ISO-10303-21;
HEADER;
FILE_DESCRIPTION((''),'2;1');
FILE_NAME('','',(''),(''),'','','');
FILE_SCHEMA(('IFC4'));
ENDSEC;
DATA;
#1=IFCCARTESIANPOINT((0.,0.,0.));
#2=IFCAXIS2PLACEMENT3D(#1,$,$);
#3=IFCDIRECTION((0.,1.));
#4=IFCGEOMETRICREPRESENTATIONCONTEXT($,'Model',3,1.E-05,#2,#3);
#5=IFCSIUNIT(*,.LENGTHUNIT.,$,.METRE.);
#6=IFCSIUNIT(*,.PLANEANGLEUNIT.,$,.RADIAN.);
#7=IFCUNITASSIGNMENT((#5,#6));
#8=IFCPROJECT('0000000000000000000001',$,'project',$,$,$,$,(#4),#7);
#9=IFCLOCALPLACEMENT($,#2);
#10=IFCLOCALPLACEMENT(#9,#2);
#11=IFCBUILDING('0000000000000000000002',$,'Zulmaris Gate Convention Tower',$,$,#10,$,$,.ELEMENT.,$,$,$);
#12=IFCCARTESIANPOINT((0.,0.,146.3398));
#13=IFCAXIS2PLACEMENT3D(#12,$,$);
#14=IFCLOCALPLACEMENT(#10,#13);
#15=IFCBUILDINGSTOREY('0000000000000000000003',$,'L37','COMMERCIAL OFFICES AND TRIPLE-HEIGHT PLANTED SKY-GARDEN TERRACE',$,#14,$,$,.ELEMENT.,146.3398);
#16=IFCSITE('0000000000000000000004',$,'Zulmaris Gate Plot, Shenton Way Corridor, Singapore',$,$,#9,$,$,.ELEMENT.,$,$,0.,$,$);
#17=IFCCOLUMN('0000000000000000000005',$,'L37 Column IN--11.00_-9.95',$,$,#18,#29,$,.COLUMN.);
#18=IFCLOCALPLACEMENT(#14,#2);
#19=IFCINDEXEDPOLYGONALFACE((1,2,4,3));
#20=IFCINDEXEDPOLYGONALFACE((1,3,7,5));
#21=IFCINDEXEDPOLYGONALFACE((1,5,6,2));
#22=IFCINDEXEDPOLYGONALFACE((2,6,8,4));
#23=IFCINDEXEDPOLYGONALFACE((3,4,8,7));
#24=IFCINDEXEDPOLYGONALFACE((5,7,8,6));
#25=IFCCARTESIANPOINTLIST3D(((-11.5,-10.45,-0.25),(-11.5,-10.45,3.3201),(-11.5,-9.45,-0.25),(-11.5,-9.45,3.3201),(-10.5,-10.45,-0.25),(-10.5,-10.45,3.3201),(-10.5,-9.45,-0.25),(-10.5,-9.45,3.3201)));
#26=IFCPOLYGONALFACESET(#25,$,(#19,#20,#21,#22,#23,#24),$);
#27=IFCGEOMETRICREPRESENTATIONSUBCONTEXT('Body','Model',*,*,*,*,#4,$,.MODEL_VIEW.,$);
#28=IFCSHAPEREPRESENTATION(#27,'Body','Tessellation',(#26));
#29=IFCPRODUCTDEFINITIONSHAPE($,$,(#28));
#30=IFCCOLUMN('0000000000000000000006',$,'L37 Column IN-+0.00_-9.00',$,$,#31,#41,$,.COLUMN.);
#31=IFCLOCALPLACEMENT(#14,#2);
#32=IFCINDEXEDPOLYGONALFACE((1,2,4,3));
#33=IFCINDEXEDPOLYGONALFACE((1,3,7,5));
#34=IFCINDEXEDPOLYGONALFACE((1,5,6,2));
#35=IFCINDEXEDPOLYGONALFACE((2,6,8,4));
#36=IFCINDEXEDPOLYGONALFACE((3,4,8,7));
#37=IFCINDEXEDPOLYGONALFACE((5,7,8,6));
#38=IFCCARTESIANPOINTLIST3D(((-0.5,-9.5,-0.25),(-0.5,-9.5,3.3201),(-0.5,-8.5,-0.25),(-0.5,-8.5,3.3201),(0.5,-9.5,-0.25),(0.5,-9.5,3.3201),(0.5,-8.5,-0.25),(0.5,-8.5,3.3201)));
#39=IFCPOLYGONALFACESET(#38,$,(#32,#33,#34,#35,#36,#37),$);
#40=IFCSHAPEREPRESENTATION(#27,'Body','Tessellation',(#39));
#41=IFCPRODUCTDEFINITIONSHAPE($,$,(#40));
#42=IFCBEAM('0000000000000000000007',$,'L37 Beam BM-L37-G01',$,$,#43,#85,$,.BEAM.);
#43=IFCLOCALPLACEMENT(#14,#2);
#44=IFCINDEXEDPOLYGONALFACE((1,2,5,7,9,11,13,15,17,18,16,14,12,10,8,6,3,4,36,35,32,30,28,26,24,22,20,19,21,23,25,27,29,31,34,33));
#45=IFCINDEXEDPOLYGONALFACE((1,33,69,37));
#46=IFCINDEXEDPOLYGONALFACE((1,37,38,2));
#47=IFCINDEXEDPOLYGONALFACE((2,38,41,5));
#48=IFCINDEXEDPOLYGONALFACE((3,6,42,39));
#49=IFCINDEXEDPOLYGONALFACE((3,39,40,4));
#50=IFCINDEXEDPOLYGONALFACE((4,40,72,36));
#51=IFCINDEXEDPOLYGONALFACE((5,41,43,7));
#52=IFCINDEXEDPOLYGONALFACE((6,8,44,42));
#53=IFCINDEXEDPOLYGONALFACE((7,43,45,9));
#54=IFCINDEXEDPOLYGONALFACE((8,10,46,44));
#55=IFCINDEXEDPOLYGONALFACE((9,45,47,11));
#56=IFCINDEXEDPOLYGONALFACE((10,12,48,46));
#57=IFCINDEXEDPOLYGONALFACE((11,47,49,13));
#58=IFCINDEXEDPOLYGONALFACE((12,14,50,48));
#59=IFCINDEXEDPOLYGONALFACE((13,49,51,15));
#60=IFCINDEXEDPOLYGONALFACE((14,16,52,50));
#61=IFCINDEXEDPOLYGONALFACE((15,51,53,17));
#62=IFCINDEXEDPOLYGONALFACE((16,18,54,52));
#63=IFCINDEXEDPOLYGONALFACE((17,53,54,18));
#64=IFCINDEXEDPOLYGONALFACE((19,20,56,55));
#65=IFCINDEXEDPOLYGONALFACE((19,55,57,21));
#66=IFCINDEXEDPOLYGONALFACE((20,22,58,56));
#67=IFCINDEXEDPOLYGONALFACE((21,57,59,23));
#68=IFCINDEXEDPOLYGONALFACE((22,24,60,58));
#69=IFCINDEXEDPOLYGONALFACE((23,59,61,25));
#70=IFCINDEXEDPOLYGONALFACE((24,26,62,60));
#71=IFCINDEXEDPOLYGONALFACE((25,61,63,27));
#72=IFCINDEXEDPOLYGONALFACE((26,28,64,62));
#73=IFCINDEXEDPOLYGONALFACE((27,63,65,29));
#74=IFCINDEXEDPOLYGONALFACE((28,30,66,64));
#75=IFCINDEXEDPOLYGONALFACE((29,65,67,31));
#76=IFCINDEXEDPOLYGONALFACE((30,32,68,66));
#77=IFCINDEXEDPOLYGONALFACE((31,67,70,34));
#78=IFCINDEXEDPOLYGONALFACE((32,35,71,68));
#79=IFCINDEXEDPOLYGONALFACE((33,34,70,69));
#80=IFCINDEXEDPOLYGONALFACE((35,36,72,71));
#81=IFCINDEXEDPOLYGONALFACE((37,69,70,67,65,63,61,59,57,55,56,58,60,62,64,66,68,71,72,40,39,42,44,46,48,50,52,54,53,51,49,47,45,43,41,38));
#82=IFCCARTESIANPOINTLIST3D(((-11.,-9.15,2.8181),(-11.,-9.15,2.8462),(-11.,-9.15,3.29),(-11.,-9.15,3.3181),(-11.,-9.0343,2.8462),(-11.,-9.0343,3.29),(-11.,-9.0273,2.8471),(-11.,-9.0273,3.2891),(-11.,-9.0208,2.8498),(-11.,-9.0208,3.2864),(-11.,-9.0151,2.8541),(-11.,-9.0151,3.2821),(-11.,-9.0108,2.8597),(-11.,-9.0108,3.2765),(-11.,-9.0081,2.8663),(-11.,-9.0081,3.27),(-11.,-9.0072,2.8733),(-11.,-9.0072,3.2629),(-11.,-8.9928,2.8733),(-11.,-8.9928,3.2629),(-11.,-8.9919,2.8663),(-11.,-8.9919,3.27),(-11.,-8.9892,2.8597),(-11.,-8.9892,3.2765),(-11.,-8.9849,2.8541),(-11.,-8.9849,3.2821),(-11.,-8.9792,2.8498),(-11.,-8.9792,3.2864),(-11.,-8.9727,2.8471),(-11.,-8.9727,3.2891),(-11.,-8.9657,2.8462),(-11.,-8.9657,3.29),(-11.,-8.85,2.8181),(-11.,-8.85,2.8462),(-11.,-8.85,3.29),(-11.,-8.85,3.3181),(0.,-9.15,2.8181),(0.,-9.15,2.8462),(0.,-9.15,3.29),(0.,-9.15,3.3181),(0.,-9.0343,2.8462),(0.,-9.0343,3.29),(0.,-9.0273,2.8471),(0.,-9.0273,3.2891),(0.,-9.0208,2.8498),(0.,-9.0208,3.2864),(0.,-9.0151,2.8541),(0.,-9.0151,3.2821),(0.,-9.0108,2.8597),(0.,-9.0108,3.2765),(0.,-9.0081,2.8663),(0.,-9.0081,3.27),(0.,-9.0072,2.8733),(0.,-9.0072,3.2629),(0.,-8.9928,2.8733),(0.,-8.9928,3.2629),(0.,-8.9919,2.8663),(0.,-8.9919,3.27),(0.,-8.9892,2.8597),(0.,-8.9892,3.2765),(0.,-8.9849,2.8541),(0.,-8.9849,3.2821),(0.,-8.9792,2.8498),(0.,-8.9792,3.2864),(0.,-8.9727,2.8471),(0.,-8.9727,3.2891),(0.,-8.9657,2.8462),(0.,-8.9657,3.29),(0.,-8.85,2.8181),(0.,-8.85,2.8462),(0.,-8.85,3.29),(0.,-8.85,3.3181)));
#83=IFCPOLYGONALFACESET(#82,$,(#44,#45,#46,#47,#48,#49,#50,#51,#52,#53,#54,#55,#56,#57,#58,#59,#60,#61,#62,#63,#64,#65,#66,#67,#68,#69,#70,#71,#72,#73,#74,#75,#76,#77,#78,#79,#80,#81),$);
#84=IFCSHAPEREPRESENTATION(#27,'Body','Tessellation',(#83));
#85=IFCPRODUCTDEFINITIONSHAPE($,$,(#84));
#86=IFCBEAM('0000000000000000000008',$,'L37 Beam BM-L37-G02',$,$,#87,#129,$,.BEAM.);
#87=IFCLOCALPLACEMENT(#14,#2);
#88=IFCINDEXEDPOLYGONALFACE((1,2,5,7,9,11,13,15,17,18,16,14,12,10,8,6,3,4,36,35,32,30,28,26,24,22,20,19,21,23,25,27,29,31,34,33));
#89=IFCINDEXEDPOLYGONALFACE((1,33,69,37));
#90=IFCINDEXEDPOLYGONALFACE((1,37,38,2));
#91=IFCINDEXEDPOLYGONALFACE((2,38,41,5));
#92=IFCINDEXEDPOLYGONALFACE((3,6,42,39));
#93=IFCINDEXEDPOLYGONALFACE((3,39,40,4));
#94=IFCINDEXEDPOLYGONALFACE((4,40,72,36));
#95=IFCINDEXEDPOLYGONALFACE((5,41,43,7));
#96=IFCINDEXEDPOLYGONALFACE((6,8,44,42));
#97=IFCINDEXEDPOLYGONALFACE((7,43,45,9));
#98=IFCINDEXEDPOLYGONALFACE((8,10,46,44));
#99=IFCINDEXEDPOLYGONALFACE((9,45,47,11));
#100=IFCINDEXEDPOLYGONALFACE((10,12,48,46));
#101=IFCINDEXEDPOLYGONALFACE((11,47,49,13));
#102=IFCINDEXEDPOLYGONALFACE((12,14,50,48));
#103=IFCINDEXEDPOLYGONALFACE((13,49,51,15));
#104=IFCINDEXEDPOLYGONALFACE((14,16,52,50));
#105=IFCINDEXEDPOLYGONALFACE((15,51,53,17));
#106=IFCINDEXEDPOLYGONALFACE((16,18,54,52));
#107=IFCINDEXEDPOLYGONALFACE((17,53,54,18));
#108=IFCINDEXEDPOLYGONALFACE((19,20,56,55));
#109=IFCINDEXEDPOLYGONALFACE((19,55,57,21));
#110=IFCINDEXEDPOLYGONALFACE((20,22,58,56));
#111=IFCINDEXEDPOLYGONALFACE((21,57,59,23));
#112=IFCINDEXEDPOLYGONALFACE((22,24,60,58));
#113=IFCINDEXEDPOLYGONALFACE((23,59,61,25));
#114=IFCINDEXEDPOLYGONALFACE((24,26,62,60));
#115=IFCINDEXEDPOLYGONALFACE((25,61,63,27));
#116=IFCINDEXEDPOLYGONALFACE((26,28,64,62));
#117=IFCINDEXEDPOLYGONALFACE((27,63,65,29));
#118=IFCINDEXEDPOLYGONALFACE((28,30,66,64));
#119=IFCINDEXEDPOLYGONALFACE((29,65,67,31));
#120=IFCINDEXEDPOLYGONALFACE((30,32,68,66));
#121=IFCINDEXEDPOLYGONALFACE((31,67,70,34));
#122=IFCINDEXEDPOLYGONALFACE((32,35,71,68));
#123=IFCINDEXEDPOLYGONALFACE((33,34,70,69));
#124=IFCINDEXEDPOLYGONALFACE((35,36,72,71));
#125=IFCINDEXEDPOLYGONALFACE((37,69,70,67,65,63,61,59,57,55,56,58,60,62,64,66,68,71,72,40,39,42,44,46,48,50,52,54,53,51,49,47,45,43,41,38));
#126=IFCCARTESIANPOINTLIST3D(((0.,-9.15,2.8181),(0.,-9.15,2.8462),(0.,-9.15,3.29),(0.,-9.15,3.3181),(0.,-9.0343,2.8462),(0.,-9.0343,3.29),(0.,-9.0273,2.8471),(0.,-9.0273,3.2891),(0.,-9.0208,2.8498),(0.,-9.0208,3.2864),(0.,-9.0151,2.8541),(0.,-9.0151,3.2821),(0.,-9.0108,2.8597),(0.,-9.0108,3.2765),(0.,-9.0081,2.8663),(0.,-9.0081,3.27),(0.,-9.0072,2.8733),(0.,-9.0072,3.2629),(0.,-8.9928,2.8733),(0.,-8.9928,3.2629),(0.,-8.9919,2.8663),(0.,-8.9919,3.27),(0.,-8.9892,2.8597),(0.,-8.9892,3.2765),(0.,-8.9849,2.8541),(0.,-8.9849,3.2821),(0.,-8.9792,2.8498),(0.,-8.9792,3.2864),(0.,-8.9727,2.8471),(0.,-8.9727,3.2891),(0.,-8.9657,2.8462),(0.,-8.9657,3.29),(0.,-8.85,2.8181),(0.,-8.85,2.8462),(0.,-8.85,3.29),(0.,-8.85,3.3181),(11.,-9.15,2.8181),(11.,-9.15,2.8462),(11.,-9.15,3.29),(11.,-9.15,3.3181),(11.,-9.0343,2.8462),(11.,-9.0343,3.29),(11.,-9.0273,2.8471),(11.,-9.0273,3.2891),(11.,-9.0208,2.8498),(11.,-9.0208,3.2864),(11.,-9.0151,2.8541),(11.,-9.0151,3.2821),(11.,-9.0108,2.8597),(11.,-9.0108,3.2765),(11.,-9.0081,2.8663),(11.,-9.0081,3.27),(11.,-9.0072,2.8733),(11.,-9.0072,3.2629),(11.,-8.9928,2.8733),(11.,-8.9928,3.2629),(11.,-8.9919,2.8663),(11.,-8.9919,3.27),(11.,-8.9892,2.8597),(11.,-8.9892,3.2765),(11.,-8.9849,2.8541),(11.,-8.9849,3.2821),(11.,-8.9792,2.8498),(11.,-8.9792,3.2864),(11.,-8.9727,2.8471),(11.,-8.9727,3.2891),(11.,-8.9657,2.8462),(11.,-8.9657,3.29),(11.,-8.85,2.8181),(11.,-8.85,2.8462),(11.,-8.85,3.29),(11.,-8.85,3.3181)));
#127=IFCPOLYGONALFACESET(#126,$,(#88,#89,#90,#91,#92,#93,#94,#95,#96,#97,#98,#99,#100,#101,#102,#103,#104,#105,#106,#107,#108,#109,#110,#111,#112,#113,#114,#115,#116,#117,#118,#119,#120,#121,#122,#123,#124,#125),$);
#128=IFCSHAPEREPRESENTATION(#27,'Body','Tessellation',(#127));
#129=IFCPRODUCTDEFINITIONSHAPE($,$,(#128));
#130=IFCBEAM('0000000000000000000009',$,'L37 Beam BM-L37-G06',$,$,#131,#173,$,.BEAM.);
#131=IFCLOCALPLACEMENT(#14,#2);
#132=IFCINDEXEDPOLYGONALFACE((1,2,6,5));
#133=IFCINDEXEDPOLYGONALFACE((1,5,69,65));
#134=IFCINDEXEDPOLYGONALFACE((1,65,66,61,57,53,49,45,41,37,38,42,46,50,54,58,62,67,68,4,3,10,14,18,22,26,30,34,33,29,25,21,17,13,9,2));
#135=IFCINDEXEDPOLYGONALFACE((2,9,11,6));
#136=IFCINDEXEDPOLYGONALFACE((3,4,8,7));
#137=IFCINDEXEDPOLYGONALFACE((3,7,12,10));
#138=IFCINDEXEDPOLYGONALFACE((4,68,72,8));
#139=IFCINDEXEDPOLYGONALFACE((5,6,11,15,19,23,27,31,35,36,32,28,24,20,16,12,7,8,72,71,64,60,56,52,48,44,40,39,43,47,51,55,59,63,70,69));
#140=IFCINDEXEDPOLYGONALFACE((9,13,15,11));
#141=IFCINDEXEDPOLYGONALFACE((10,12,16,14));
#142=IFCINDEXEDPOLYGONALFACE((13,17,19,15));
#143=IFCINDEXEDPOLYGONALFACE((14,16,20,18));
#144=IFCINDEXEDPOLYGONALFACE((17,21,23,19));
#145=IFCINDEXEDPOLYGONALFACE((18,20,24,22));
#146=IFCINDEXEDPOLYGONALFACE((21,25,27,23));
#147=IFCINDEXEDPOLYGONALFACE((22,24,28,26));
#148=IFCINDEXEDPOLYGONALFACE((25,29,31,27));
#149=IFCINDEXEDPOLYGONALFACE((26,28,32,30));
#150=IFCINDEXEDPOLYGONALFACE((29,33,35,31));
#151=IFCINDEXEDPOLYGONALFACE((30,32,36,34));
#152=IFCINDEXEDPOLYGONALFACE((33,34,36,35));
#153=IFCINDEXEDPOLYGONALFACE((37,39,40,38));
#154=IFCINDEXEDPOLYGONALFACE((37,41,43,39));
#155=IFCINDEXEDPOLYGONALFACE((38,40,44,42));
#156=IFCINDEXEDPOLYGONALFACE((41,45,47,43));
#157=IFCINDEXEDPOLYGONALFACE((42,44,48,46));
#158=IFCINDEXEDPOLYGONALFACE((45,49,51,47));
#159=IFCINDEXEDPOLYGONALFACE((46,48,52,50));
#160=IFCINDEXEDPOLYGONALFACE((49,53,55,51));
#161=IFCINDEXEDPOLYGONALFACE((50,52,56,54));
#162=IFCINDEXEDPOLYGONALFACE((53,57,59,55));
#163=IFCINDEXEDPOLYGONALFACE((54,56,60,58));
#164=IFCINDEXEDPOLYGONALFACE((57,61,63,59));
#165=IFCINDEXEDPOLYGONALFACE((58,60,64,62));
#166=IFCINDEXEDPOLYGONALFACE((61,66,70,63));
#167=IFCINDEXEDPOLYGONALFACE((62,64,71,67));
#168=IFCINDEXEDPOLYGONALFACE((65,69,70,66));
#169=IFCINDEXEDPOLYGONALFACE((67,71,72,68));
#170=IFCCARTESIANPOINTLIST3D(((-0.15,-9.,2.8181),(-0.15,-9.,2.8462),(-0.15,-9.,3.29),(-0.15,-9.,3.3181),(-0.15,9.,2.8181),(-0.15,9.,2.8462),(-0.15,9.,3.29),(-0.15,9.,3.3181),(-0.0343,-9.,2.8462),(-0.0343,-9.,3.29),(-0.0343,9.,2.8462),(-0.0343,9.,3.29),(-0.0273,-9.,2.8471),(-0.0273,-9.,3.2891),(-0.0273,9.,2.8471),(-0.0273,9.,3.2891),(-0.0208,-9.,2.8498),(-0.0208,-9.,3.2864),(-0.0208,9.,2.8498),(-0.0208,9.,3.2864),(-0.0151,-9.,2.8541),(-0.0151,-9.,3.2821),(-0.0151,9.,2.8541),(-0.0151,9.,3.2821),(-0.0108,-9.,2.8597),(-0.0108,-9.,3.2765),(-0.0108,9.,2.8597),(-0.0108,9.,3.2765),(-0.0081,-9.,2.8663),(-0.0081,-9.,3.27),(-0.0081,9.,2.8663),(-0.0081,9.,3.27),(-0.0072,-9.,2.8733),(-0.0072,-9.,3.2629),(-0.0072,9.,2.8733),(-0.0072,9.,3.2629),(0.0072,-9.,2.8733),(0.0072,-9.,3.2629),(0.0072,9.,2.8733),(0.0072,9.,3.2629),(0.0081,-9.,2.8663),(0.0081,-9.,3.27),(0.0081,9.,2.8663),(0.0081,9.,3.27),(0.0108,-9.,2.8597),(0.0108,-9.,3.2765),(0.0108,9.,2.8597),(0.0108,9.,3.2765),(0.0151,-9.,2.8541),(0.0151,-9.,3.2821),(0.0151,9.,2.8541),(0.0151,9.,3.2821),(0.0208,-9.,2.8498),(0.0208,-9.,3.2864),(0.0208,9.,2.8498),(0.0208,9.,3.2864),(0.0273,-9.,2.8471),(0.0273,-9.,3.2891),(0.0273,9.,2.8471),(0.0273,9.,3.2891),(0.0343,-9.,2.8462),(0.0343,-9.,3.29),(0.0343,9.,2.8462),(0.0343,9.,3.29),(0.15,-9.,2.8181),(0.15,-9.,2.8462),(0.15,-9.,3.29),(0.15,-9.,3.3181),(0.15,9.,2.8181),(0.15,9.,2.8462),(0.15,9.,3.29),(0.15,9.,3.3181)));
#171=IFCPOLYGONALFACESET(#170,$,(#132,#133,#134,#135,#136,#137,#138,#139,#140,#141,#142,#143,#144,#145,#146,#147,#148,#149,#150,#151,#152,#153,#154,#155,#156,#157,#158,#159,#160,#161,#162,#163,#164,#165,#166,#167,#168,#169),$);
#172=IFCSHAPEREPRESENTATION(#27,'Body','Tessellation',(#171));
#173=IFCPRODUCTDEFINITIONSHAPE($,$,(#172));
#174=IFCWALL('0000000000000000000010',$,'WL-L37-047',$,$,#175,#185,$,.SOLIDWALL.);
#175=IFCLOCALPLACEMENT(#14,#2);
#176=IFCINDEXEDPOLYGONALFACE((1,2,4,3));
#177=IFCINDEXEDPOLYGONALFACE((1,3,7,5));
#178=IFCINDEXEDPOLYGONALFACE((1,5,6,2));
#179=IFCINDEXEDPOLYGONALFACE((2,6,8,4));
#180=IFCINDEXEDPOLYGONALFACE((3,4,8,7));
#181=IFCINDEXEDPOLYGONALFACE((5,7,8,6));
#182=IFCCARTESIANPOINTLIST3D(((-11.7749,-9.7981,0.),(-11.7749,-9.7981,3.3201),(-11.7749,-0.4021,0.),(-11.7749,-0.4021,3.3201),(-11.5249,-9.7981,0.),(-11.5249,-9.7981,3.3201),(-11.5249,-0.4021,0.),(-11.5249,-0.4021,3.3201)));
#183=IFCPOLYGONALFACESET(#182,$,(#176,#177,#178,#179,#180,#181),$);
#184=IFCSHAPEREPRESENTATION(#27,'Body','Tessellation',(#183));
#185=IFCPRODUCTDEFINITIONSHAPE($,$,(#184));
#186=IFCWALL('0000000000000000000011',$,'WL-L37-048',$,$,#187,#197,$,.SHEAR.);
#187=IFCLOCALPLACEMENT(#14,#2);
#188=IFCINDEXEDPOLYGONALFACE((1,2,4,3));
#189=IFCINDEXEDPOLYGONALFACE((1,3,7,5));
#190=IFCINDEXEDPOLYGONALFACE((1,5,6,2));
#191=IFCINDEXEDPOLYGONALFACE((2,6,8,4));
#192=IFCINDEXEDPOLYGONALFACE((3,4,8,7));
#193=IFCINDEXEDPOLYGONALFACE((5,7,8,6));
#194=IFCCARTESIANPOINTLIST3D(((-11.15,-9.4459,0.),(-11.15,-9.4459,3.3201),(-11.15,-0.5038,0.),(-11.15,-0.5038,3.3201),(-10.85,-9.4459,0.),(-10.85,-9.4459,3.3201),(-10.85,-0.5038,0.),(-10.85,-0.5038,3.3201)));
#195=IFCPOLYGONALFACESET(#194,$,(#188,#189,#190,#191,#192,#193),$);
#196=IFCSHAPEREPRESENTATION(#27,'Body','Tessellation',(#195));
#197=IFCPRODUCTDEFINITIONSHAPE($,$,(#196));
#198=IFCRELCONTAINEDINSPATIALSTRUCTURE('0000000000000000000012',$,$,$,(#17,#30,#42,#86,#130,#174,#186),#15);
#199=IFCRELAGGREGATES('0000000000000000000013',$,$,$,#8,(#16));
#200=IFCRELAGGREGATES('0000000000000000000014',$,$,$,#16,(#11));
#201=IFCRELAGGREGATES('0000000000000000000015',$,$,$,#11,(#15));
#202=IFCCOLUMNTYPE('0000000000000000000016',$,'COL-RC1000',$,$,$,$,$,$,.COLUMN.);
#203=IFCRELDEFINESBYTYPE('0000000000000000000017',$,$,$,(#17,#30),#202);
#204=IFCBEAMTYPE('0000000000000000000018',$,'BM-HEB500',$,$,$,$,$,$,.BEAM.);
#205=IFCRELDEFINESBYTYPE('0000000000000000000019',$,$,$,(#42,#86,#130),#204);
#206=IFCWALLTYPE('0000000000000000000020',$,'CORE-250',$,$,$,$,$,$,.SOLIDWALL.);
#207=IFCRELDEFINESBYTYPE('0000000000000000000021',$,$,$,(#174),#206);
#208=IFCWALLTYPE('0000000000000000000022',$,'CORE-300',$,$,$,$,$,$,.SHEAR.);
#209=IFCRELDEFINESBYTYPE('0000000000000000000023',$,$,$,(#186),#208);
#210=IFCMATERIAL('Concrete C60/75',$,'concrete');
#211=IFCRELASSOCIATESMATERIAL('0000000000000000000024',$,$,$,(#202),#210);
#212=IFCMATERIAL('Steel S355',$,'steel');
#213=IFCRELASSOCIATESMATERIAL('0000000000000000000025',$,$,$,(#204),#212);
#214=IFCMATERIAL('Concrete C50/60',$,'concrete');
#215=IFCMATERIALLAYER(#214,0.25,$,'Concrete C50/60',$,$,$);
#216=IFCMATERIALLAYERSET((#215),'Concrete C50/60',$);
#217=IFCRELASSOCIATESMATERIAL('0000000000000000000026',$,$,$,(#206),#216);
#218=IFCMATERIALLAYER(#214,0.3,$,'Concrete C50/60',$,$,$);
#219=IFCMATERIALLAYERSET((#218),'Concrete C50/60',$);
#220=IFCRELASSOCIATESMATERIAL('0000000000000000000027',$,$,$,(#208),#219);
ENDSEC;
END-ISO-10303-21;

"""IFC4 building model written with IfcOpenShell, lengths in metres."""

from ifc_helpers import new_model, si_unit, direction, frame, frame_2d, origin, origin_2d, place, context, subcontext, project, spatial, rectangle, i_section, extrude, material, layer, layer_set, material_profile, profile_set, type_object, element, save


model = new_model("IFC4")

# Units and contexts
model_context = context("Model", 3, precision=1e-05, world=origin(), true_north=direction((0.0, 1.0)))
body_context = subcontext(model_context, "Body", "Model", "MODEL_VIEW")
ifc_project = project(units=[si_unit("LENGTHUNIT", "METRE"), si_unit("PLANEANGLEUNIT", "RADIAN")], contexts=[model_context])

# Site, building, storey
site_placement = place(None, origin())
site = spatial("IfcSite", under=ifc_project, at=site_placement, Name="Zulmaris Gate Plot, Shenton Way Corridor, Singapore", CompositionType="ELEMENT", RefElevation=0.0)
building_placement = place(site_placement, origin())
building = spatial("IfcBuilding", under=site, at=building_placement, Name="Zulmaris Gate Convention Tower", CompositionType="ELEMENT")
storey_placement = place(building_placement, frame((0.0, 0.0, 146.3398)))
storey = spatial("IfcBuildingStorey", under=building, at=storey_placement, Name="L37", Description="COMMERCIAL OFFICES AND TRIPLE-HEIGHT PLANTED SKY-GARDEN TERRACE", CompositionType="ELEMENT", Elevation=146.3398)

# Columns
ifc_material_1 = material(Name="Concrete C60/75", Category="concrete")
ifc_material_profile_1 = material_profile(ifc_material_1, rectangle(XDim=1.0, YDim=1.0, at=origin_2d()), Name="RC COL 1000x1000")
ifc_profile_set_1 = profile_set([ifc_material_profile_1], Name="Concrete C60/75")
column_type = type_object("IfcColumnType", Name="COL-RC1000", PredefinedType="COLUMN", material=ifc_profile_set_1)
for number, where, z_axis, x_axis, name in (
    (1, (-11.0, -9.95, -0.25), (0.0, 0.0, 1.0), (1.0, 0.0, 0.0), "L37 Column IN--11.00_-9.95"),
    (2, (0.0, -9.0, -0.25), (0.0, 0.0, 1.0), (1.0, 0.0, 0.0), "L37 Column IN-+0.00_-9.00"),
):
    element("IfcColumn", number, at=place(storey_placement, frame(where, z_axis=z_axis, x_axis=x_axis)), inside=storey, type_object=column_type, Name=name, PredefinedType="COLUMN", context=body_context, shape_type="SweptSolid", body=[
        extrude(rectangle(XDim=1.0, YDim=1.0, at=origin_2d()), origin(), (0.0, 0.0, 1.0), 3.5701),
    ])

# Beams
ifc_material_2 = material(Name="Steel S355", Category="steel")
ifc_material_profile_2 = material_profile(ifc_material_2, i_section(OverallWidth=0.3, OverallDepth=0.5, WebThickness=0.0144, FlangeThickness=0.0281, FilletRadius=0.0271, at=origin_2d()), Name="HEB 500")
ifc_profile_set_2 = profile_set([ifc_material_profile_2], Name="Steel S355")
beam_type = type_object("IfcBeamType", Name="BM-HEB500", PredefinedType="BEAM", material=ifc_profile_set_2)
for number, where, z_axis, x_axis, name in (
    (3, (-11.0, -9.0, 3.0681), (1.0, 0.0, 0.0), (0.0, 1.0, 0.0), "L37 Beam BM-L37-G01"),
    (4, (0.0, -9.0, 3.0681), (1.0, 0.0, 0.0), (0.0, 1.0, 0.0), "L37 Beam BM-L37-G02"),
):
    element("IfcBeam", number, at=place(storey_placement, frame(where, z_axis=z_axis, x_axis=x_axis)), inside=storey, type_object=beam_type, Name=name, PredefinedType="BEAM", context=body_context, shape_type="SweptSolid", body=[
        extrude(i_section(OverallWidth=0.3, OverallDepth=0.5, WebThickness=0.0144, FlangeThickness=0.0281, FilletRadius=0.0271, at=origin_2d()), origin(), (0.0, 0.0, 1.0), 11.0),
    ])
beam_placement = place(storey_placement, frame((0.0, -9.0, 3.0681), z_axis=(0.0, 1.0, 0.0), x_axis=(-1.0, 0.0, 0.0)))
element("IfcBeam", 5, at=beam_placement, inside=storey, type_object=beam_type, Name="L37 Beam BM-L37-G06", PredefinedType="BEAM", context=body_context, shape_type="SweptSolid", body=[
    extrude(i_section(OverallWidth=0.3, OverallDepth=0.5, WebThickness=0.0144, FlangeThickness=0.0281, FilletRadius=0.0271, at=origin_2d()), origin(), (0.0, 0.0, 1.0), 18.0),
])

# Walls
ifc_material_3 = material(Name="Concrete C50/60", Category="concrete")
ifc_layer_1 = layer(ifc_material_3, 0.25, Name="Concrete C50/60")
ifc_layer_set_1 = layer_set([ifc_layer_1], Name="Concrete C50/60")
wall_type_1 = type_object("IfcWallType", Name="CORE-250", PredefinedType="SOLIDWALL", material=ifc_layer_set_1)
wall_1_placement = place(storey_placement, frame((-11.6499, -9.7981, 0.0), z_axis=(0.0, 0.0, 1.0), x_axis=(0.0, 1.0, 0.0)))
element("IfcWall", 6, at=wall_1_placement, inside=storey, type_object=wall_type_1, Name="WL-L37-047", PredefinedType="SOLIDWALL", context=body_context, shape_type="SweptSolid", body=[
    extrude(rectangle(XDim=9.396, YDim=0.25, at=frame_2d((4.698, 0.0))), origin(), (0.0, 0.0, 1.0), 3.3201),
])
ifc_layer_2 = layer(ifc_material_3, 0.3, Name="Concrete C50/60")
ifc_layer_set_2 = layer_set([ifc_layer_2], Name="Concrete C50/60")
wall_type_2 = type_object("IfcWallType", Name="CORE-300", PredefinedType="SHEAR", material=ifc_layer_set_2)
wall_2_placement = place(storey_placement, frame((-11.0, -9.446, 0.0), z_axis=(0.0, 0.0, 1.0), x_axis=(0.0, 1.0, 0.0)))
element("IfcWall", 7, at=wall_2_placement, inside=storey, type_object=wall_type_2, Name="WL-L37-048", PredefinedType="SHEAR", context=body_context, shape_type="SweptSolid", body=[
    extrude(rectangle(XDim=8.9421, YDim=0.3, at=frame_2d((4.4712, 0.0))), origin(), (0.0, 0.0, 1.0), 3.3201),
])

save(model, "model.ifc")
